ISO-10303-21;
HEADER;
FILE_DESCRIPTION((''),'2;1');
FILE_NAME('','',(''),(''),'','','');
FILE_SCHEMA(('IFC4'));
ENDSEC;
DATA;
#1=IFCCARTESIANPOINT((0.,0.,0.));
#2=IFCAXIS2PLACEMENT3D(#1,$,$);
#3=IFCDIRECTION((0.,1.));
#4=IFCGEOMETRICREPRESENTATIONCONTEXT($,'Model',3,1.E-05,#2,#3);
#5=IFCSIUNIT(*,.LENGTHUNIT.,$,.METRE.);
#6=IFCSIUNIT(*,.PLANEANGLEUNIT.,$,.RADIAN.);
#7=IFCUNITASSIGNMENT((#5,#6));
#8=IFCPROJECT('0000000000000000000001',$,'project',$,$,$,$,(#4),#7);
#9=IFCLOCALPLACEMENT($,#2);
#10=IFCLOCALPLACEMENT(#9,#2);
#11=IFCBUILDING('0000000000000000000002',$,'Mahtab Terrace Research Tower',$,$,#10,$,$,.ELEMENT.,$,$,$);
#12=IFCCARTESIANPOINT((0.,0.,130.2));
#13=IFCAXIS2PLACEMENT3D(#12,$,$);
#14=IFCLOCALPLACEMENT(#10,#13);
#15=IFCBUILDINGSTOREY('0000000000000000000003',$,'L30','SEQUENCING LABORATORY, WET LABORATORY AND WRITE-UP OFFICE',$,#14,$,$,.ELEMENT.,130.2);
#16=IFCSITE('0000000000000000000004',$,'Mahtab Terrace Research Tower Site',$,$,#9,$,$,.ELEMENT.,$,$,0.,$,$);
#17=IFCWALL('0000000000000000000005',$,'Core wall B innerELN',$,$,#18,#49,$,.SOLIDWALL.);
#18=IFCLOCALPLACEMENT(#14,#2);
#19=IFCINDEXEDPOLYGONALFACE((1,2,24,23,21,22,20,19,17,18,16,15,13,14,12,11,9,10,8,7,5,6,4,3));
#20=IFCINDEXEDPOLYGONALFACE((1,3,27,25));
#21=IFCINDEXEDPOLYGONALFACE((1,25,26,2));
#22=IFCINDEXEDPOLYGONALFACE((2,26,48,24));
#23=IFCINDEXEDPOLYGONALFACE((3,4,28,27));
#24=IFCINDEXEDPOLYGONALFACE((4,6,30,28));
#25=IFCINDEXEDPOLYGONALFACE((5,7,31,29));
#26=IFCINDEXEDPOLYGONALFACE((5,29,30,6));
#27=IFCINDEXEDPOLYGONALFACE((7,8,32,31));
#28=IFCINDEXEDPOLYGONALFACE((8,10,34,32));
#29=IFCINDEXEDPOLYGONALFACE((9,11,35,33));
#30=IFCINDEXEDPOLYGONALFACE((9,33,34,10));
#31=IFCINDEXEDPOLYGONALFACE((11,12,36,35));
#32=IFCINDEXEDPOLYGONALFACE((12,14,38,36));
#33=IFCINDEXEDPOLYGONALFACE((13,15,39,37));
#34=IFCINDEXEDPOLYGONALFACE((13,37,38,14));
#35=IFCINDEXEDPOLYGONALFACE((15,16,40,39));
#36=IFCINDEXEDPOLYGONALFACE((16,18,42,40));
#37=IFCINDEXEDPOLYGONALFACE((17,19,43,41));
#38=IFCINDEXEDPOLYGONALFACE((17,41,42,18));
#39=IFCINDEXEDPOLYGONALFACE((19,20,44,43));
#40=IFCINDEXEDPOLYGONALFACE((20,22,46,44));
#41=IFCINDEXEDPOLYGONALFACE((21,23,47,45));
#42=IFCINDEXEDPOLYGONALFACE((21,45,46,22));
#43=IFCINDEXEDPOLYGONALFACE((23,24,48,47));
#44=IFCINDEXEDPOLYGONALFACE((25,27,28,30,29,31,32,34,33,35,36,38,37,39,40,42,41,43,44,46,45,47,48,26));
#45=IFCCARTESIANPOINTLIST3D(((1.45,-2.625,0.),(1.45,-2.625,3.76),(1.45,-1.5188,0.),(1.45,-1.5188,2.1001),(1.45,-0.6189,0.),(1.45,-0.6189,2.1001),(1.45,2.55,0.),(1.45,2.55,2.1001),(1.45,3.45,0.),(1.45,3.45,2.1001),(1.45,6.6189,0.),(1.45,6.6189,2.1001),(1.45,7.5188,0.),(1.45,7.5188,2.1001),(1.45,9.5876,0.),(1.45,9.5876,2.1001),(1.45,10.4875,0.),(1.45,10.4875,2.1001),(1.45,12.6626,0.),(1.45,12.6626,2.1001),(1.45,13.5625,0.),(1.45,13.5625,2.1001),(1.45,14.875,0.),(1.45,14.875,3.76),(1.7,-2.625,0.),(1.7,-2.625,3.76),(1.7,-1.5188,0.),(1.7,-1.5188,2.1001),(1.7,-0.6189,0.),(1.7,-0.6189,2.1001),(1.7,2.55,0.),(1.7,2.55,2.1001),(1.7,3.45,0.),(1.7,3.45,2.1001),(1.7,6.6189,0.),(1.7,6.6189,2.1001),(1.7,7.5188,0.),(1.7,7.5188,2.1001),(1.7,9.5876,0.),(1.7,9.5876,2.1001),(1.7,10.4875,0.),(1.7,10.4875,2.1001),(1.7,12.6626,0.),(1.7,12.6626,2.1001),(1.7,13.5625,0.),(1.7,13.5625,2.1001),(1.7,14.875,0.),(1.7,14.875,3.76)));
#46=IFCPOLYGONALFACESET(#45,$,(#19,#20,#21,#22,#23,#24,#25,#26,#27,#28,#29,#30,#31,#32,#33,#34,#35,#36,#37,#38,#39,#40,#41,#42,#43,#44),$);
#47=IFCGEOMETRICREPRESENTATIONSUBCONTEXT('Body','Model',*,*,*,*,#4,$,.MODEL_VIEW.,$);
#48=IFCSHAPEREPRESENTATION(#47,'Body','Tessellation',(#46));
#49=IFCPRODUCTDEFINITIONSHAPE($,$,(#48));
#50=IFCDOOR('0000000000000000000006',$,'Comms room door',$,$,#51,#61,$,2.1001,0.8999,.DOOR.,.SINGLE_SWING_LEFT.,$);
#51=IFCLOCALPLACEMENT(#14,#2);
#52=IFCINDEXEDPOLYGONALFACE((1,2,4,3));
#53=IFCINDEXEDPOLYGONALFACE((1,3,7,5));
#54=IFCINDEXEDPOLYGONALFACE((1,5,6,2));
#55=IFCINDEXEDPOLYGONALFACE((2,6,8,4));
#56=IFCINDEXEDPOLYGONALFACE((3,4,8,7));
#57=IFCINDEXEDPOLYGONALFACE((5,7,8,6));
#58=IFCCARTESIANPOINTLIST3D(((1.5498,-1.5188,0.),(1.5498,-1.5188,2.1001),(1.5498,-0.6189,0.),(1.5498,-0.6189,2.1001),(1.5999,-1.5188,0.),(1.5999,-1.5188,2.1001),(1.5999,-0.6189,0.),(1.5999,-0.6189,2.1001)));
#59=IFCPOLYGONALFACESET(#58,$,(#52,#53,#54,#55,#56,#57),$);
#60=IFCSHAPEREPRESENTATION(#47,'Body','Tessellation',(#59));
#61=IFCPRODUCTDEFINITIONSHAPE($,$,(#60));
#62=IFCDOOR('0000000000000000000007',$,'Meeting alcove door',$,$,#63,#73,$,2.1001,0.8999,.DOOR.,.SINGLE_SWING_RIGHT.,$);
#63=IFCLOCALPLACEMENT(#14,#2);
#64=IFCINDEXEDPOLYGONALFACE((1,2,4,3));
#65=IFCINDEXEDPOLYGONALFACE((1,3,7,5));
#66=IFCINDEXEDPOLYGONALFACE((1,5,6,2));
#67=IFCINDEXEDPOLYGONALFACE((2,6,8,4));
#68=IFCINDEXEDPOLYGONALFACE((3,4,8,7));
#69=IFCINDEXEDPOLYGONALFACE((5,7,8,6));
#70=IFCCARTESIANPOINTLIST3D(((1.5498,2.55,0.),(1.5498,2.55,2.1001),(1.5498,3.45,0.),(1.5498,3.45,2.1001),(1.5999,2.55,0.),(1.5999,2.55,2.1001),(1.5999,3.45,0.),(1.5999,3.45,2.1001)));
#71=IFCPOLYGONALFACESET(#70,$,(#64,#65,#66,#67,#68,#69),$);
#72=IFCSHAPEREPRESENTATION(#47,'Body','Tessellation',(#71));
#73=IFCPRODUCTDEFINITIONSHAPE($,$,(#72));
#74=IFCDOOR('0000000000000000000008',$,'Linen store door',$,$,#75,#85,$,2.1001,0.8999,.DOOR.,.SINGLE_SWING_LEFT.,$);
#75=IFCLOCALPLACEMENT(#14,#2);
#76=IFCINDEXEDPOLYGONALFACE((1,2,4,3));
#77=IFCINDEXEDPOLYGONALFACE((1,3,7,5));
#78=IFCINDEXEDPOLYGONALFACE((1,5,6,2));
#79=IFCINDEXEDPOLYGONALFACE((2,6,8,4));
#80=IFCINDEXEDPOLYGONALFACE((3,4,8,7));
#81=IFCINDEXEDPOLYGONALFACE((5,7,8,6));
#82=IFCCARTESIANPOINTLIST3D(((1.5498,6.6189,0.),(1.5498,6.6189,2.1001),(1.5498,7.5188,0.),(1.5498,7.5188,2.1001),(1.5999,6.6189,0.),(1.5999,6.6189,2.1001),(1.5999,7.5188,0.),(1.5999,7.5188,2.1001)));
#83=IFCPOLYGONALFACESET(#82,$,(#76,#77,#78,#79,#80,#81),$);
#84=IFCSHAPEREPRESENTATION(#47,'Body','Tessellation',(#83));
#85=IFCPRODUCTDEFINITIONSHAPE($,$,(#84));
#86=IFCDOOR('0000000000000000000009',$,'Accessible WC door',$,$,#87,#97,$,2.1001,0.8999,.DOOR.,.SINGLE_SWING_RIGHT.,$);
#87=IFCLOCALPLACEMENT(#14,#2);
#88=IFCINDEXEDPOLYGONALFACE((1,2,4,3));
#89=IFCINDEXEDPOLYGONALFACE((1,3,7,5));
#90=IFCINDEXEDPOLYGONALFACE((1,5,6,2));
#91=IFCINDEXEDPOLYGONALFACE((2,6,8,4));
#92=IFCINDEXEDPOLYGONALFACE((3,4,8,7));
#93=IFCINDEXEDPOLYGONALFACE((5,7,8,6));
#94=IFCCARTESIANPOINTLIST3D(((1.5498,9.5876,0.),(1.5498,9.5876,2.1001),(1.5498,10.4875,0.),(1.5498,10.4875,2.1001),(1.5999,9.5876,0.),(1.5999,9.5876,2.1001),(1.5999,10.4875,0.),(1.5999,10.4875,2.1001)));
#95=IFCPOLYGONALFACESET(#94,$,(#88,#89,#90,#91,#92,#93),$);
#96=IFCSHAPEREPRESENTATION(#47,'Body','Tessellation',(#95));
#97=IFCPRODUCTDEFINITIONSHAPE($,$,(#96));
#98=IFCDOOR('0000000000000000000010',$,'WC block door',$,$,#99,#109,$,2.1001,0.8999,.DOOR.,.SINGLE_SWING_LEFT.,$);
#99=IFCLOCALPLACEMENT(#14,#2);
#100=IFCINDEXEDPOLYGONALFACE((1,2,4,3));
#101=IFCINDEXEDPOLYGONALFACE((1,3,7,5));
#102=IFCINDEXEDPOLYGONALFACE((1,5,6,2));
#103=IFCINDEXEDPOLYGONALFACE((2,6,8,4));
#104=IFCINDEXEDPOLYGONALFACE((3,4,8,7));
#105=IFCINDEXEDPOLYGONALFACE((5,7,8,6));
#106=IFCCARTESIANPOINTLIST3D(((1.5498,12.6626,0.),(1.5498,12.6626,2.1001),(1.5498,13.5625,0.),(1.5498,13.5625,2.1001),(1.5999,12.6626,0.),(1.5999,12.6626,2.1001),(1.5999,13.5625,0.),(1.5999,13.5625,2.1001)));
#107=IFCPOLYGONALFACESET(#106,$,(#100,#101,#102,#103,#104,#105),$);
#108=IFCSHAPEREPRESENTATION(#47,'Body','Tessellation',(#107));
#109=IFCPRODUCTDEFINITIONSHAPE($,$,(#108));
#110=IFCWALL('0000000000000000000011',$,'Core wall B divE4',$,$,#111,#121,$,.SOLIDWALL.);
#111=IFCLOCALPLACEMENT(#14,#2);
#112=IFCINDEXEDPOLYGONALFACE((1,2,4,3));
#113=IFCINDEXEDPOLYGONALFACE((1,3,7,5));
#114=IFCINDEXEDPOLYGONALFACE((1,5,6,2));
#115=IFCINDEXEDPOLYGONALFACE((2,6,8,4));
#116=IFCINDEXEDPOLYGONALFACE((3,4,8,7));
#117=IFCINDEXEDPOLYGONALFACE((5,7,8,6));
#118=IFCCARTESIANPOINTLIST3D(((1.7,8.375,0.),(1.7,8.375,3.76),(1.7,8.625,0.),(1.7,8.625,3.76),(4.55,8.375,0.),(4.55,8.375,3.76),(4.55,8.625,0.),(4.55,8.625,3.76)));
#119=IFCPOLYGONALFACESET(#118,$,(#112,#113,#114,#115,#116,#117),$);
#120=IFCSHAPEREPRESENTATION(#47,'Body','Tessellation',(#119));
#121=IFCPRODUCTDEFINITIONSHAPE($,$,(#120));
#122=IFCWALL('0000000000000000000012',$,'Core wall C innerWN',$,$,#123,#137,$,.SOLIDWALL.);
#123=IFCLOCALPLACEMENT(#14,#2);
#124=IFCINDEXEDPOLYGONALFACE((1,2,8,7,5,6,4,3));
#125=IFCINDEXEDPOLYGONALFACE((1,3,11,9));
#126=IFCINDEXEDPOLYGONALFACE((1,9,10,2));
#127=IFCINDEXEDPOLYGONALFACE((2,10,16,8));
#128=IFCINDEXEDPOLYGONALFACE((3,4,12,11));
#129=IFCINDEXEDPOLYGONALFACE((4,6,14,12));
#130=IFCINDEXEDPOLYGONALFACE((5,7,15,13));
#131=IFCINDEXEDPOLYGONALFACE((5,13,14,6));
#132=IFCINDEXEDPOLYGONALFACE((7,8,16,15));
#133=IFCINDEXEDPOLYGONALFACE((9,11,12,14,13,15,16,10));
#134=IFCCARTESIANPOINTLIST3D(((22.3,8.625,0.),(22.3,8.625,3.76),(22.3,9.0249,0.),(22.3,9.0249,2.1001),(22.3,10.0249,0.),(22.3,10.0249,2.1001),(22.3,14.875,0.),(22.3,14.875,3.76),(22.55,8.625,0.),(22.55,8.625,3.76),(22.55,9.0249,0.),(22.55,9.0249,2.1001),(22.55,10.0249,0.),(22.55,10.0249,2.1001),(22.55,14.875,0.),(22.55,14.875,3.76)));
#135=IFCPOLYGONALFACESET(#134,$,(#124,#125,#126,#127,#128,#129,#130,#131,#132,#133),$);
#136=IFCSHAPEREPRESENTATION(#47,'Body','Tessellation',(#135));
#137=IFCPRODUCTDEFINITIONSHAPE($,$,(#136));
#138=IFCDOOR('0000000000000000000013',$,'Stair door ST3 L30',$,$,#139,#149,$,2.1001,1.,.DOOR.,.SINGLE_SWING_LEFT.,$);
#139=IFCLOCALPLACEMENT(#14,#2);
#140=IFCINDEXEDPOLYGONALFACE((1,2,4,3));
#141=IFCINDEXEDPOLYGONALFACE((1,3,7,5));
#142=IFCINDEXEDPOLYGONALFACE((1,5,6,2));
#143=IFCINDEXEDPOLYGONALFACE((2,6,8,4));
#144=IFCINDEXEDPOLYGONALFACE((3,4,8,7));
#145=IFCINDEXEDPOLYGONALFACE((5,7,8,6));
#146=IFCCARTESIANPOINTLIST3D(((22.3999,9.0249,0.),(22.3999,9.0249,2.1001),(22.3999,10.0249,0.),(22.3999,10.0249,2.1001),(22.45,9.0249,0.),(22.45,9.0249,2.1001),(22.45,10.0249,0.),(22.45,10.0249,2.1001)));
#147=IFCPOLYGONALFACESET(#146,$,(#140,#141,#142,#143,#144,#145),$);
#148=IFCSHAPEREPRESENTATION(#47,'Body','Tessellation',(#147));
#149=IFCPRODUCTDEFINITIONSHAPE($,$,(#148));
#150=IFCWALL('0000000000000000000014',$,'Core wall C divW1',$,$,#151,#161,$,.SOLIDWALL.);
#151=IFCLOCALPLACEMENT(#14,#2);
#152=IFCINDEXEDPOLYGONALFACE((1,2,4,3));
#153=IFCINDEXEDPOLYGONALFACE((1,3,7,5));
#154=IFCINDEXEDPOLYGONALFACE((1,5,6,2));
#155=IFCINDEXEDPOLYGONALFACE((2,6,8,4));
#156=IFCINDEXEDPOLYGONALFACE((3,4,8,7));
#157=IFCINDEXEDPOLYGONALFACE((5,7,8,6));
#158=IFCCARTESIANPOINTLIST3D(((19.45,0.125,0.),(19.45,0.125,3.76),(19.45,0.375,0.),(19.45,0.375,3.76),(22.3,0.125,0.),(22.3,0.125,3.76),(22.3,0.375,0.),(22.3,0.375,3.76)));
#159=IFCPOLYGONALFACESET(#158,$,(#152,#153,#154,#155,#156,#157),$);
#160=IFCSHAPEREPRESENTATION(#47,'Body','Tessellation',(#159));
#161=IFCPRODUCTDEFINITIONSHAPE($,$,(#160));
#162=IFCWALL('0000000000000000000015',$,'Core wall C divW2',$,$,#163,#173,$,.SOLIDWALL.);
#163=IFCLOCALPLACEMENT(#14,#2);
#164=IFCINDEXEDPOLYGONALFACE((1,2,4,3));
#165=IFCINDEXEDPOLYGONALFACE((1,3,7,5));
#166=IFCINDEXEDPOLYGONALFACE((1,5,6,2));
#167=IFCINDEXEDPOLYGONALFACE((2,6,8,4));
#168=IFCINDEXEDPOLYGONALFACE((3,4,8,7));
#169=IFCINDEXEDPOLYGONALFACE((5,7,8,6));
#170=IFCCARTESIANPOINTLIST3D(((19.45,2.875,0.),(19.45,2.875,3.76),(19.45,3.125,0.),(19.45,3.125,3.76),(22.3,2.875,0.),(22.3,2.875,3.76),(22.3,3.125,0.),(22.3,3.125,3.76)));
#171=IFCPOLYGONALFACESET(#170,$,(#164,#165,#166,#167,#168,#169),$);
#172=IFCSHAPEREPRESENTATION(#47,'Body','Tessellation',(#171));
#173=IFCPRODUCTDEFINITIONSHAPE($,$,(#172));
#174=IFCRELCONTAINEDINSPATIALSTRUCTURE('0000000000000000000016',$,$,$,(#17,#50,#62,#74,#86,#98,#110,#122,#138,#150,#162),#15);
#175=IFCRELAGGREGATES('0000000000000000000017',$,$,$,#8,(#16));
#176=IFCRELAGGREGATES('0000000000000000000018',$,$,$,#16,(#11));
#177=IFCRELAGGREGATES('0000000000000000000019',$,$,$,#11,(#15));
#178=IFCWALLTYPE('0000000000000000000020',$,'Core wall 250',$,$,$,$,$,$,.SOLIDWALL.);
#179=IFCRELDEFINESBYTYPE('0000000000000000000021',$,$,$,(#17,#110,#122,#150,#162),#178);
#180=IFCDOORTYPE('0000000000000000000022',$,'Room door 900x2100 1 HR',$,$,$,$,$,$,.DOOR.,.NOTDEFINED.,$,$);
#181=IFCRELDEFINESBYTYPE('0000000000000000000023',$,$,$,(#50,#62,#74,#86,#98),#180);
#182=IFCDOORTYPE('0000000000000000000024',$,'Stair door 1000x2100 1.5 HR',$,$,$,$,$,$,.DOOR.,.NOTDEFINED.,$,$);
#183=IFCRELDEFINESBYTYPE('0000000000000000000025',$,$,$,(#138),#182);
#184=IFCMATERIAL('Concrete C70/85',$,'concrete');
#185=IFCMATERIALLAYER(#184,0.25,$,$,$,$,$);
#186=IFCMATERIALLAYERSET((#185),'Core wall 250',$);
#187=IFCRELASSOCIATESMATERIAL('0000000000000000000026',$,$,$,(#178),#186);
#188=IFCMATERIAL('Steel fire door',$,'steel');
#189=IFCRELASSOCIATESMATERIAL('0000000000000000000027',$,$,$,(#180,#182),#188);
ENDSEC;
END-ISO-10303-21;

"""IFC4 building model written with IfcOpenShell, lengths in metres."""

from ifc_helpers import new_model, si_unit, direction, frame, frame_2d, origin, place, context, subcontext, project, spatial, rectangle, extrude, material, layer, layer_set, type_object, element, fill, save


model = new_model("IFC4")

# Units and contexts
model_context = context("Model", 3, precision=1e-05, world=origin(), true_north=direction((0.0, 1.0)))
body_context = subcontext(model_context, "Body", "Model", "MODEL_VIEW")
ifc_project = project(units=[si_unit("LENGTHUNIT", "METRE"), si_unit("PLANEANGLEUNIT", "RADIAN")], contexts=[model_context])

# Site, building, storey
site_placement = place(None, origin())
site = spatial("IfcSite", under=ifc_project, at=site_placement, Name="Mahtab Terrace Research Tower Site", CompositionType="ELEMENT", RefElevation=0.0)
building_placement = place(site_placement, origin())
building = spatial("IfcBuilding", under=site, at=building_placement, Name="Mahtab Terrace Research Tower", CompositionType="ELEMENT")
storey_placement = place(building_placement, frame((0.0, 0.0, 130.2)))
storey = spatial("IfcBuildingStorey", under=building, at=storey_placement, Name="L30", Description="SEQUENCING LABORATORY, WET LABORATORY AND WRITE-UP OFFICE", CompositionType="ELEMENT", Elevation=130.2)

# Shared definitions
ifc_material_1 = material(Name="Concrete C70/85", Category="concrete")

# Wall, openings, doors
ifc_layer_1 = layer(ifc_material_1, 0.25)
ifc_layer_set_1 = layer_set([ifc_layer_1], Name="Core wall 250")
wall_type_1 = type_object("IfcWallType", Name="Core wall 250", PredefinedType="SOLIDWALL", material=ifc_layer_set_1)
wall_1_placement = place(storey_placement, frame((1.575, 14.875, 0.0), z_axis=(0.0, 0.0, 1.0), x_axis=(0.0, -1.0, 0.0)))
wall_1 = element("IfcWall", 1, at=wall_1_placement, inside=storey, type_object=wall_type_1, Name="Core wall B innerELN", PredefinedType="SOLIDWALL", context=body_context, shape_type="SweptSolid", body=[
    extrude(rectangle(XDim=17.5, YDim=0.25, at=frame_2d((8.75, 0.0))), origin(), (0.0, 0.0, 1.0), 3.76),
])
opening_1_placement = place(wall_1_placement, frame((15.4939, 0.0, 0.0)))
opening_1 = element("IfcOpeningElement", 2, at=opening_1_placement, cuts=wall_1, PredefinedType="OPENING", context=body_context, shape_type="SweptSolid", body=[
    extrude(rectangle(XDim=0.8999, YDim=2.1001, at=frame_2d((0.45, 1.05))), frame((0.0, 0.135, 0.0), z_axis=(0.0, -1.0, 0.0), x_axis=(1.0, 0.0, 0.0)), (0.0, 0.0, 1.0), 0.27),
])
opening_2_placement = place(wall_1_placement, frame((11.425, 0.0, 0.0)))
opening_2 = element("IfcOpeningElement", 3, at=opening_2_placement, cuts=wall_1, PredefinedType="OPENING", context=body_context, shape_type="SweptSolid", body=[
    extrude(rectangle(XDim=0.8999, YDim=2.1001, at=frame_2d((0.45, 1.05))), frame((0.0, 0.135, 0.0), z_axis=(0.0, -1.0, 0.0), x_axis=(1.0, 0.0, 0.0)), (0.0, 0.0, 1.0), 0.27),
])
opening_3_placement = place(wall_1_placement, frame((7.3562, 0.0, 0.0)))
opening_3 = element("IfcOpeningElement", 4, at=opening_3_placement, cuts=wall_1, PredefinedType="OPENING", context=body_context, shape_type="SweptSolid", body=[
    extrude(rectangle(XDim=0.8999, YDim=2.1001, at=frame_2d((0.45, 1.05))), frame((0.0, 0.135, 0.0), z_axis=(0.0, -1.0, 0.0), x_axis=(1.0, 0.0, 0.0)), (0.0, 0.0, 1.0), 0.27),
])
opening_4_placement = place(wall_1_placement, frame((4.3875, 0.0, 0.0)))
opening_4 = element("IfcOpeningElement", 5, at=opening_4_placement, cuts=wall_1, PredefinedType="OPENING", context=body_context, shape_type="SweptSolid", body=[
    extrude(rectangle(XDim=0.8999, YDim=2.1001, at=frame_2d((0.45, 1.05))), frame((0.0, 0.135, 0.0), z_axis=(0.0, -1.0, 0.0), x_axis=(1.0, 0.0, 0.0)), (0.0, 0.0, 1.0), 0.27),
])
opening_5_placement = place(wall_1_placement, frame((1.3125, 0.0, 0.0)))
opening_5 = element("IfcOpeningElement", 6, at=opening_5_placement, cuts=wall_1, PredefinedType="OPENING", context=body_context, shape_type="SweptSolid", body=[
    extrude(rectangle(XDim=0.8999, YDim=2.1001, at=frame_2d((0.45, 1.05))), frame((0.0, 0.135, 0.0), z_axis=(0.0, -1.0, 0.0), x_axis=(1.0, 0.0, 0.0)), (0.0, 0.0, 1.0), 0.27),
])
ifc_material_2 = material(Name="Steel fire door", Category="steel")
door_type_1 = type_object("IfcDoorType", Name="Room door 900x2100 1 HR", OperationType="NOTDEFINED", PredefinedType="DOOR", material=ifc_material_2)
door_1_placement = place(opening_1_placement, origin())
door_1 = element("IfcDoor", 7, at=door_1_placement, inside=storey, type_object=door_type_1, Name="Comms room door", OperationType="SINGLE_SWING_LEFT", OverallHeight=2.1001, OverallWidth=0.8999, PredefinedType="DOOR", context=body_context, shape_type="SweptSolid", body=[
    extrude(rectangle(XDim=0.8999, YDim=2.1001, at=frame_2d((0.45, 1.05))), frame((0.0, 0.0249, 0.0), z_axis=(0.0, -1.0, 0.0), x_axis=(1.0, 0.0, 0.0)), (0.0, 0.0, 1.0), 0.05),
])
fill(opening_1, door_1)
door_2_placement = place(opening_2_placement, origin())
door_2 = element("IfcDoor", 8, at=door_2_placement, inside=storey, type_object=door_type_1, Name="Meeting alcove door", OperationType="SINGLE_SWING_RIGHT", OverallHeight=2.1001, OverallWidth=0.8999, PredefinedType="DOOR", context=body_context, shape_type="SweptSolid", body=[
    extrude(rectangle(XDim=0.8999, YDim=2.1001, at=frame_2d((0.45, 1.05))), frame((0.0, 0.0249, 0.0), z_axis=(0.0, -1.0, 0.0), x_axis=(1.0, 0.0, 0.0)), (0.0, 0.0, 1.0), 0.05),
])
fill(opening_2, door_2)
door_3_placement = place(opening_3_placement, origin())
door_3 = element("IfcDoor", 9, at=door_3_placement, inside=storey, type_object=door_type_1, Name="Linen store door", OperationType="SINGLE_SWING_LEFT", OverallHeight=2.1001, OverallWidth=0.8999, PredefinedType="DOOR", context=body_context, shape_type="SweptSolid", body=[
    extrude(rectangle(XDim=0.8999, YDim=2.1001, at=frame_2d((0.45, 1.05))), frame((0.0, 0.0249, 0.0), z_axis=(0.0, -1.0, 0.0), x_axis=(1.0, 0.0, 0.0)), (0.0, 0.0, 1.0), 0.05),
])
fill(opening_3, door_3)
door_4_placement = place(opening_4_placement, origin())
door_4 = element("IfcDoor", 10, at=door_4_placement, inside=storey, type_object=door_type_1, Name="Accessible WC door", OperationType="SINGLE_SWING_RIGHT", OverallHeight=2.1001, OverallWidth=0.8999, PredefinedType="DOOR", context=body_context, shape_type="SweptSolid", body=[
    extrude(rectangle(XDim=0.8999, YDim=2.1001, at=frame_2d((0.45, 1.05))), frame((0.0, 0.0249, 0.0), z_axis=(0.0, -1.0, 0.0), x_axis=(1.0, 0.0, 0.0)), (0.0, 0.0, 1.0), 0.05),
])
fill(opening_4, door_4)
door_5_placement = place(opening_5_placement, origin())
door_5 = element("IfcDoor", 11, at=door_5_placement, inside=storey, type_object=door_type_1, Name="WC block door", OperationType="SINGLE_SWING_LEFT", OverallHeight=2.1001, OverallWidth=0.8999, PredefinedType="DOOR", context=body_context, shape_type="SweptSolid", body=[
    extrude(rectangle(XDim=0.8999, YDim=2.1001, at=frame_2d((0.45, 1.05))), frame((0.0, 0.0249, 0.0), z_axis=(0.0, -1.0, 0.0), x_axis=(1.0, 0.0, 0.0)), (0.0, 0.0, 1.0), 0.05),
])
fill(opening_5, door_5)

# Wall
wall_2_placement = place(storey_placement, frame((1.7, 8.5, 0.0), z_axis=(0.0, 0.0, 1.0), x_axis=(1.0, 0.0, 0.0)))
element("IfcWall", 12, at=wall_2_placement, inside=storey, type_object=wall_type_1, Name="Core wall B divE4", PredefinedType="SOLIDWALL", context=body_context, shape_type="SweptSolid", body=[
    extrude(rectangle(XDim=2.8501, YDim=0.25, at=frame_2d((1.425, 0.0))), origin(), (0.0, 0.0, 1.0), 3.76),
])

# Wall, opening, door
wall_3_placement = place(storey_placement, frame((22.425, 14.875, 0.0), z_axis=(0.0, 0.0, 1.0), x_axis=(0.0, -1.0, 0.0)))
wall_3 = element("IfcWall", 13, at=wall_3_placement, inside=storey, type_object=wall_type_1, Name="Core wall C innerWN", PredefinedType="SOLIDWALL", context=body_context, shape_type="SweptSolid", body=[
    extrude(rectangle(XDim=6.25, YDim=0.25, at=frame_2d((3.125, 0.0))), origin(), (0.0, 0.0, 1.0), 3.76),
])
opening_6_placement = place(wall_3_placement, frame((4.8501, 0.0, 0.0)))
opening_6 = element("IfcOpeningElement", 14, at=opening_6_placement, cuts=wall_3, PredefinedType="OPENING", context=body_context, shape_type="SweptSolid", body=[
    extrude(rectangle(XDim=1.0, YDim=2.1001, at=frame_2d((0.5, 1.05))), frame((0.0, 0.135, 0.0), z_axis=(0.0, -1.0, 0.0), x_axis=(1.0, 0.0, 0.0)), (0.0, 0.0, 1.0), 0.27),
])
door_type_2 = type_object("IfcDoorType", Name="Stair door 1000x2100 1.5 HR", OperationType="NOTDEFINED", PredefinedType="DOOR", material=ifc_material_2)
door_6_placement = place(opening_6_placement, origin())
door_6 = element("IfcDoor", 15, at=door_6_placement, inside=storey, type_object=door_type_2, Name="Stair door ST3 L30", OperationType="SINGLE_SWING_LEFT", OverallHeight=2.1001, OverallWidth=1.0, PredefinedType="DOOR", context=body_context, shape_type="SweptSolid", body=[
    extrude(rectangle(XDim=1.0, YDim=2.1001, at=frame_2d((0.5, 1.05))), frame((0.0, 0.0249, 0.0), z_axis=(0.0, -1.0, 0.0), x_axis=(1.0, 0.0, 0.0)), (0.0, 0.0, 1.0), 0.05),
])
fill(opening_6, door_6)

# Walls
for number, where, z_axis, x_axis, name in (
    (16, (19.45, 0.25, 0.0), (0.0, 0.0, 1.0), (1.0, 0.0, 0.0), "Core wall C divW1"),
    (17, (19.45, 3.0, 0.0), (0.0, 0.0, 1.0), (1.0, 0.0, 0.0), "Core wall C divW2"),
):
    element("IfcWall", number, at=place(storey_placement, frame(where, z_axis=z_axis, x_axis=x_axis)), inside=storey, type_object=wall_type_1, Name=name, PredefinedType="SOLIDWALL", context=body_context, shape_type="SweptSolid", body=[
        extrude(rectangle(XDim=2.8501, YDim=0.25, at=frame_2d((1.425, 0.0))), origin(), (0.0, 0.0, 1.0), 3.76),
    ])

save(model, "model.ifc")
